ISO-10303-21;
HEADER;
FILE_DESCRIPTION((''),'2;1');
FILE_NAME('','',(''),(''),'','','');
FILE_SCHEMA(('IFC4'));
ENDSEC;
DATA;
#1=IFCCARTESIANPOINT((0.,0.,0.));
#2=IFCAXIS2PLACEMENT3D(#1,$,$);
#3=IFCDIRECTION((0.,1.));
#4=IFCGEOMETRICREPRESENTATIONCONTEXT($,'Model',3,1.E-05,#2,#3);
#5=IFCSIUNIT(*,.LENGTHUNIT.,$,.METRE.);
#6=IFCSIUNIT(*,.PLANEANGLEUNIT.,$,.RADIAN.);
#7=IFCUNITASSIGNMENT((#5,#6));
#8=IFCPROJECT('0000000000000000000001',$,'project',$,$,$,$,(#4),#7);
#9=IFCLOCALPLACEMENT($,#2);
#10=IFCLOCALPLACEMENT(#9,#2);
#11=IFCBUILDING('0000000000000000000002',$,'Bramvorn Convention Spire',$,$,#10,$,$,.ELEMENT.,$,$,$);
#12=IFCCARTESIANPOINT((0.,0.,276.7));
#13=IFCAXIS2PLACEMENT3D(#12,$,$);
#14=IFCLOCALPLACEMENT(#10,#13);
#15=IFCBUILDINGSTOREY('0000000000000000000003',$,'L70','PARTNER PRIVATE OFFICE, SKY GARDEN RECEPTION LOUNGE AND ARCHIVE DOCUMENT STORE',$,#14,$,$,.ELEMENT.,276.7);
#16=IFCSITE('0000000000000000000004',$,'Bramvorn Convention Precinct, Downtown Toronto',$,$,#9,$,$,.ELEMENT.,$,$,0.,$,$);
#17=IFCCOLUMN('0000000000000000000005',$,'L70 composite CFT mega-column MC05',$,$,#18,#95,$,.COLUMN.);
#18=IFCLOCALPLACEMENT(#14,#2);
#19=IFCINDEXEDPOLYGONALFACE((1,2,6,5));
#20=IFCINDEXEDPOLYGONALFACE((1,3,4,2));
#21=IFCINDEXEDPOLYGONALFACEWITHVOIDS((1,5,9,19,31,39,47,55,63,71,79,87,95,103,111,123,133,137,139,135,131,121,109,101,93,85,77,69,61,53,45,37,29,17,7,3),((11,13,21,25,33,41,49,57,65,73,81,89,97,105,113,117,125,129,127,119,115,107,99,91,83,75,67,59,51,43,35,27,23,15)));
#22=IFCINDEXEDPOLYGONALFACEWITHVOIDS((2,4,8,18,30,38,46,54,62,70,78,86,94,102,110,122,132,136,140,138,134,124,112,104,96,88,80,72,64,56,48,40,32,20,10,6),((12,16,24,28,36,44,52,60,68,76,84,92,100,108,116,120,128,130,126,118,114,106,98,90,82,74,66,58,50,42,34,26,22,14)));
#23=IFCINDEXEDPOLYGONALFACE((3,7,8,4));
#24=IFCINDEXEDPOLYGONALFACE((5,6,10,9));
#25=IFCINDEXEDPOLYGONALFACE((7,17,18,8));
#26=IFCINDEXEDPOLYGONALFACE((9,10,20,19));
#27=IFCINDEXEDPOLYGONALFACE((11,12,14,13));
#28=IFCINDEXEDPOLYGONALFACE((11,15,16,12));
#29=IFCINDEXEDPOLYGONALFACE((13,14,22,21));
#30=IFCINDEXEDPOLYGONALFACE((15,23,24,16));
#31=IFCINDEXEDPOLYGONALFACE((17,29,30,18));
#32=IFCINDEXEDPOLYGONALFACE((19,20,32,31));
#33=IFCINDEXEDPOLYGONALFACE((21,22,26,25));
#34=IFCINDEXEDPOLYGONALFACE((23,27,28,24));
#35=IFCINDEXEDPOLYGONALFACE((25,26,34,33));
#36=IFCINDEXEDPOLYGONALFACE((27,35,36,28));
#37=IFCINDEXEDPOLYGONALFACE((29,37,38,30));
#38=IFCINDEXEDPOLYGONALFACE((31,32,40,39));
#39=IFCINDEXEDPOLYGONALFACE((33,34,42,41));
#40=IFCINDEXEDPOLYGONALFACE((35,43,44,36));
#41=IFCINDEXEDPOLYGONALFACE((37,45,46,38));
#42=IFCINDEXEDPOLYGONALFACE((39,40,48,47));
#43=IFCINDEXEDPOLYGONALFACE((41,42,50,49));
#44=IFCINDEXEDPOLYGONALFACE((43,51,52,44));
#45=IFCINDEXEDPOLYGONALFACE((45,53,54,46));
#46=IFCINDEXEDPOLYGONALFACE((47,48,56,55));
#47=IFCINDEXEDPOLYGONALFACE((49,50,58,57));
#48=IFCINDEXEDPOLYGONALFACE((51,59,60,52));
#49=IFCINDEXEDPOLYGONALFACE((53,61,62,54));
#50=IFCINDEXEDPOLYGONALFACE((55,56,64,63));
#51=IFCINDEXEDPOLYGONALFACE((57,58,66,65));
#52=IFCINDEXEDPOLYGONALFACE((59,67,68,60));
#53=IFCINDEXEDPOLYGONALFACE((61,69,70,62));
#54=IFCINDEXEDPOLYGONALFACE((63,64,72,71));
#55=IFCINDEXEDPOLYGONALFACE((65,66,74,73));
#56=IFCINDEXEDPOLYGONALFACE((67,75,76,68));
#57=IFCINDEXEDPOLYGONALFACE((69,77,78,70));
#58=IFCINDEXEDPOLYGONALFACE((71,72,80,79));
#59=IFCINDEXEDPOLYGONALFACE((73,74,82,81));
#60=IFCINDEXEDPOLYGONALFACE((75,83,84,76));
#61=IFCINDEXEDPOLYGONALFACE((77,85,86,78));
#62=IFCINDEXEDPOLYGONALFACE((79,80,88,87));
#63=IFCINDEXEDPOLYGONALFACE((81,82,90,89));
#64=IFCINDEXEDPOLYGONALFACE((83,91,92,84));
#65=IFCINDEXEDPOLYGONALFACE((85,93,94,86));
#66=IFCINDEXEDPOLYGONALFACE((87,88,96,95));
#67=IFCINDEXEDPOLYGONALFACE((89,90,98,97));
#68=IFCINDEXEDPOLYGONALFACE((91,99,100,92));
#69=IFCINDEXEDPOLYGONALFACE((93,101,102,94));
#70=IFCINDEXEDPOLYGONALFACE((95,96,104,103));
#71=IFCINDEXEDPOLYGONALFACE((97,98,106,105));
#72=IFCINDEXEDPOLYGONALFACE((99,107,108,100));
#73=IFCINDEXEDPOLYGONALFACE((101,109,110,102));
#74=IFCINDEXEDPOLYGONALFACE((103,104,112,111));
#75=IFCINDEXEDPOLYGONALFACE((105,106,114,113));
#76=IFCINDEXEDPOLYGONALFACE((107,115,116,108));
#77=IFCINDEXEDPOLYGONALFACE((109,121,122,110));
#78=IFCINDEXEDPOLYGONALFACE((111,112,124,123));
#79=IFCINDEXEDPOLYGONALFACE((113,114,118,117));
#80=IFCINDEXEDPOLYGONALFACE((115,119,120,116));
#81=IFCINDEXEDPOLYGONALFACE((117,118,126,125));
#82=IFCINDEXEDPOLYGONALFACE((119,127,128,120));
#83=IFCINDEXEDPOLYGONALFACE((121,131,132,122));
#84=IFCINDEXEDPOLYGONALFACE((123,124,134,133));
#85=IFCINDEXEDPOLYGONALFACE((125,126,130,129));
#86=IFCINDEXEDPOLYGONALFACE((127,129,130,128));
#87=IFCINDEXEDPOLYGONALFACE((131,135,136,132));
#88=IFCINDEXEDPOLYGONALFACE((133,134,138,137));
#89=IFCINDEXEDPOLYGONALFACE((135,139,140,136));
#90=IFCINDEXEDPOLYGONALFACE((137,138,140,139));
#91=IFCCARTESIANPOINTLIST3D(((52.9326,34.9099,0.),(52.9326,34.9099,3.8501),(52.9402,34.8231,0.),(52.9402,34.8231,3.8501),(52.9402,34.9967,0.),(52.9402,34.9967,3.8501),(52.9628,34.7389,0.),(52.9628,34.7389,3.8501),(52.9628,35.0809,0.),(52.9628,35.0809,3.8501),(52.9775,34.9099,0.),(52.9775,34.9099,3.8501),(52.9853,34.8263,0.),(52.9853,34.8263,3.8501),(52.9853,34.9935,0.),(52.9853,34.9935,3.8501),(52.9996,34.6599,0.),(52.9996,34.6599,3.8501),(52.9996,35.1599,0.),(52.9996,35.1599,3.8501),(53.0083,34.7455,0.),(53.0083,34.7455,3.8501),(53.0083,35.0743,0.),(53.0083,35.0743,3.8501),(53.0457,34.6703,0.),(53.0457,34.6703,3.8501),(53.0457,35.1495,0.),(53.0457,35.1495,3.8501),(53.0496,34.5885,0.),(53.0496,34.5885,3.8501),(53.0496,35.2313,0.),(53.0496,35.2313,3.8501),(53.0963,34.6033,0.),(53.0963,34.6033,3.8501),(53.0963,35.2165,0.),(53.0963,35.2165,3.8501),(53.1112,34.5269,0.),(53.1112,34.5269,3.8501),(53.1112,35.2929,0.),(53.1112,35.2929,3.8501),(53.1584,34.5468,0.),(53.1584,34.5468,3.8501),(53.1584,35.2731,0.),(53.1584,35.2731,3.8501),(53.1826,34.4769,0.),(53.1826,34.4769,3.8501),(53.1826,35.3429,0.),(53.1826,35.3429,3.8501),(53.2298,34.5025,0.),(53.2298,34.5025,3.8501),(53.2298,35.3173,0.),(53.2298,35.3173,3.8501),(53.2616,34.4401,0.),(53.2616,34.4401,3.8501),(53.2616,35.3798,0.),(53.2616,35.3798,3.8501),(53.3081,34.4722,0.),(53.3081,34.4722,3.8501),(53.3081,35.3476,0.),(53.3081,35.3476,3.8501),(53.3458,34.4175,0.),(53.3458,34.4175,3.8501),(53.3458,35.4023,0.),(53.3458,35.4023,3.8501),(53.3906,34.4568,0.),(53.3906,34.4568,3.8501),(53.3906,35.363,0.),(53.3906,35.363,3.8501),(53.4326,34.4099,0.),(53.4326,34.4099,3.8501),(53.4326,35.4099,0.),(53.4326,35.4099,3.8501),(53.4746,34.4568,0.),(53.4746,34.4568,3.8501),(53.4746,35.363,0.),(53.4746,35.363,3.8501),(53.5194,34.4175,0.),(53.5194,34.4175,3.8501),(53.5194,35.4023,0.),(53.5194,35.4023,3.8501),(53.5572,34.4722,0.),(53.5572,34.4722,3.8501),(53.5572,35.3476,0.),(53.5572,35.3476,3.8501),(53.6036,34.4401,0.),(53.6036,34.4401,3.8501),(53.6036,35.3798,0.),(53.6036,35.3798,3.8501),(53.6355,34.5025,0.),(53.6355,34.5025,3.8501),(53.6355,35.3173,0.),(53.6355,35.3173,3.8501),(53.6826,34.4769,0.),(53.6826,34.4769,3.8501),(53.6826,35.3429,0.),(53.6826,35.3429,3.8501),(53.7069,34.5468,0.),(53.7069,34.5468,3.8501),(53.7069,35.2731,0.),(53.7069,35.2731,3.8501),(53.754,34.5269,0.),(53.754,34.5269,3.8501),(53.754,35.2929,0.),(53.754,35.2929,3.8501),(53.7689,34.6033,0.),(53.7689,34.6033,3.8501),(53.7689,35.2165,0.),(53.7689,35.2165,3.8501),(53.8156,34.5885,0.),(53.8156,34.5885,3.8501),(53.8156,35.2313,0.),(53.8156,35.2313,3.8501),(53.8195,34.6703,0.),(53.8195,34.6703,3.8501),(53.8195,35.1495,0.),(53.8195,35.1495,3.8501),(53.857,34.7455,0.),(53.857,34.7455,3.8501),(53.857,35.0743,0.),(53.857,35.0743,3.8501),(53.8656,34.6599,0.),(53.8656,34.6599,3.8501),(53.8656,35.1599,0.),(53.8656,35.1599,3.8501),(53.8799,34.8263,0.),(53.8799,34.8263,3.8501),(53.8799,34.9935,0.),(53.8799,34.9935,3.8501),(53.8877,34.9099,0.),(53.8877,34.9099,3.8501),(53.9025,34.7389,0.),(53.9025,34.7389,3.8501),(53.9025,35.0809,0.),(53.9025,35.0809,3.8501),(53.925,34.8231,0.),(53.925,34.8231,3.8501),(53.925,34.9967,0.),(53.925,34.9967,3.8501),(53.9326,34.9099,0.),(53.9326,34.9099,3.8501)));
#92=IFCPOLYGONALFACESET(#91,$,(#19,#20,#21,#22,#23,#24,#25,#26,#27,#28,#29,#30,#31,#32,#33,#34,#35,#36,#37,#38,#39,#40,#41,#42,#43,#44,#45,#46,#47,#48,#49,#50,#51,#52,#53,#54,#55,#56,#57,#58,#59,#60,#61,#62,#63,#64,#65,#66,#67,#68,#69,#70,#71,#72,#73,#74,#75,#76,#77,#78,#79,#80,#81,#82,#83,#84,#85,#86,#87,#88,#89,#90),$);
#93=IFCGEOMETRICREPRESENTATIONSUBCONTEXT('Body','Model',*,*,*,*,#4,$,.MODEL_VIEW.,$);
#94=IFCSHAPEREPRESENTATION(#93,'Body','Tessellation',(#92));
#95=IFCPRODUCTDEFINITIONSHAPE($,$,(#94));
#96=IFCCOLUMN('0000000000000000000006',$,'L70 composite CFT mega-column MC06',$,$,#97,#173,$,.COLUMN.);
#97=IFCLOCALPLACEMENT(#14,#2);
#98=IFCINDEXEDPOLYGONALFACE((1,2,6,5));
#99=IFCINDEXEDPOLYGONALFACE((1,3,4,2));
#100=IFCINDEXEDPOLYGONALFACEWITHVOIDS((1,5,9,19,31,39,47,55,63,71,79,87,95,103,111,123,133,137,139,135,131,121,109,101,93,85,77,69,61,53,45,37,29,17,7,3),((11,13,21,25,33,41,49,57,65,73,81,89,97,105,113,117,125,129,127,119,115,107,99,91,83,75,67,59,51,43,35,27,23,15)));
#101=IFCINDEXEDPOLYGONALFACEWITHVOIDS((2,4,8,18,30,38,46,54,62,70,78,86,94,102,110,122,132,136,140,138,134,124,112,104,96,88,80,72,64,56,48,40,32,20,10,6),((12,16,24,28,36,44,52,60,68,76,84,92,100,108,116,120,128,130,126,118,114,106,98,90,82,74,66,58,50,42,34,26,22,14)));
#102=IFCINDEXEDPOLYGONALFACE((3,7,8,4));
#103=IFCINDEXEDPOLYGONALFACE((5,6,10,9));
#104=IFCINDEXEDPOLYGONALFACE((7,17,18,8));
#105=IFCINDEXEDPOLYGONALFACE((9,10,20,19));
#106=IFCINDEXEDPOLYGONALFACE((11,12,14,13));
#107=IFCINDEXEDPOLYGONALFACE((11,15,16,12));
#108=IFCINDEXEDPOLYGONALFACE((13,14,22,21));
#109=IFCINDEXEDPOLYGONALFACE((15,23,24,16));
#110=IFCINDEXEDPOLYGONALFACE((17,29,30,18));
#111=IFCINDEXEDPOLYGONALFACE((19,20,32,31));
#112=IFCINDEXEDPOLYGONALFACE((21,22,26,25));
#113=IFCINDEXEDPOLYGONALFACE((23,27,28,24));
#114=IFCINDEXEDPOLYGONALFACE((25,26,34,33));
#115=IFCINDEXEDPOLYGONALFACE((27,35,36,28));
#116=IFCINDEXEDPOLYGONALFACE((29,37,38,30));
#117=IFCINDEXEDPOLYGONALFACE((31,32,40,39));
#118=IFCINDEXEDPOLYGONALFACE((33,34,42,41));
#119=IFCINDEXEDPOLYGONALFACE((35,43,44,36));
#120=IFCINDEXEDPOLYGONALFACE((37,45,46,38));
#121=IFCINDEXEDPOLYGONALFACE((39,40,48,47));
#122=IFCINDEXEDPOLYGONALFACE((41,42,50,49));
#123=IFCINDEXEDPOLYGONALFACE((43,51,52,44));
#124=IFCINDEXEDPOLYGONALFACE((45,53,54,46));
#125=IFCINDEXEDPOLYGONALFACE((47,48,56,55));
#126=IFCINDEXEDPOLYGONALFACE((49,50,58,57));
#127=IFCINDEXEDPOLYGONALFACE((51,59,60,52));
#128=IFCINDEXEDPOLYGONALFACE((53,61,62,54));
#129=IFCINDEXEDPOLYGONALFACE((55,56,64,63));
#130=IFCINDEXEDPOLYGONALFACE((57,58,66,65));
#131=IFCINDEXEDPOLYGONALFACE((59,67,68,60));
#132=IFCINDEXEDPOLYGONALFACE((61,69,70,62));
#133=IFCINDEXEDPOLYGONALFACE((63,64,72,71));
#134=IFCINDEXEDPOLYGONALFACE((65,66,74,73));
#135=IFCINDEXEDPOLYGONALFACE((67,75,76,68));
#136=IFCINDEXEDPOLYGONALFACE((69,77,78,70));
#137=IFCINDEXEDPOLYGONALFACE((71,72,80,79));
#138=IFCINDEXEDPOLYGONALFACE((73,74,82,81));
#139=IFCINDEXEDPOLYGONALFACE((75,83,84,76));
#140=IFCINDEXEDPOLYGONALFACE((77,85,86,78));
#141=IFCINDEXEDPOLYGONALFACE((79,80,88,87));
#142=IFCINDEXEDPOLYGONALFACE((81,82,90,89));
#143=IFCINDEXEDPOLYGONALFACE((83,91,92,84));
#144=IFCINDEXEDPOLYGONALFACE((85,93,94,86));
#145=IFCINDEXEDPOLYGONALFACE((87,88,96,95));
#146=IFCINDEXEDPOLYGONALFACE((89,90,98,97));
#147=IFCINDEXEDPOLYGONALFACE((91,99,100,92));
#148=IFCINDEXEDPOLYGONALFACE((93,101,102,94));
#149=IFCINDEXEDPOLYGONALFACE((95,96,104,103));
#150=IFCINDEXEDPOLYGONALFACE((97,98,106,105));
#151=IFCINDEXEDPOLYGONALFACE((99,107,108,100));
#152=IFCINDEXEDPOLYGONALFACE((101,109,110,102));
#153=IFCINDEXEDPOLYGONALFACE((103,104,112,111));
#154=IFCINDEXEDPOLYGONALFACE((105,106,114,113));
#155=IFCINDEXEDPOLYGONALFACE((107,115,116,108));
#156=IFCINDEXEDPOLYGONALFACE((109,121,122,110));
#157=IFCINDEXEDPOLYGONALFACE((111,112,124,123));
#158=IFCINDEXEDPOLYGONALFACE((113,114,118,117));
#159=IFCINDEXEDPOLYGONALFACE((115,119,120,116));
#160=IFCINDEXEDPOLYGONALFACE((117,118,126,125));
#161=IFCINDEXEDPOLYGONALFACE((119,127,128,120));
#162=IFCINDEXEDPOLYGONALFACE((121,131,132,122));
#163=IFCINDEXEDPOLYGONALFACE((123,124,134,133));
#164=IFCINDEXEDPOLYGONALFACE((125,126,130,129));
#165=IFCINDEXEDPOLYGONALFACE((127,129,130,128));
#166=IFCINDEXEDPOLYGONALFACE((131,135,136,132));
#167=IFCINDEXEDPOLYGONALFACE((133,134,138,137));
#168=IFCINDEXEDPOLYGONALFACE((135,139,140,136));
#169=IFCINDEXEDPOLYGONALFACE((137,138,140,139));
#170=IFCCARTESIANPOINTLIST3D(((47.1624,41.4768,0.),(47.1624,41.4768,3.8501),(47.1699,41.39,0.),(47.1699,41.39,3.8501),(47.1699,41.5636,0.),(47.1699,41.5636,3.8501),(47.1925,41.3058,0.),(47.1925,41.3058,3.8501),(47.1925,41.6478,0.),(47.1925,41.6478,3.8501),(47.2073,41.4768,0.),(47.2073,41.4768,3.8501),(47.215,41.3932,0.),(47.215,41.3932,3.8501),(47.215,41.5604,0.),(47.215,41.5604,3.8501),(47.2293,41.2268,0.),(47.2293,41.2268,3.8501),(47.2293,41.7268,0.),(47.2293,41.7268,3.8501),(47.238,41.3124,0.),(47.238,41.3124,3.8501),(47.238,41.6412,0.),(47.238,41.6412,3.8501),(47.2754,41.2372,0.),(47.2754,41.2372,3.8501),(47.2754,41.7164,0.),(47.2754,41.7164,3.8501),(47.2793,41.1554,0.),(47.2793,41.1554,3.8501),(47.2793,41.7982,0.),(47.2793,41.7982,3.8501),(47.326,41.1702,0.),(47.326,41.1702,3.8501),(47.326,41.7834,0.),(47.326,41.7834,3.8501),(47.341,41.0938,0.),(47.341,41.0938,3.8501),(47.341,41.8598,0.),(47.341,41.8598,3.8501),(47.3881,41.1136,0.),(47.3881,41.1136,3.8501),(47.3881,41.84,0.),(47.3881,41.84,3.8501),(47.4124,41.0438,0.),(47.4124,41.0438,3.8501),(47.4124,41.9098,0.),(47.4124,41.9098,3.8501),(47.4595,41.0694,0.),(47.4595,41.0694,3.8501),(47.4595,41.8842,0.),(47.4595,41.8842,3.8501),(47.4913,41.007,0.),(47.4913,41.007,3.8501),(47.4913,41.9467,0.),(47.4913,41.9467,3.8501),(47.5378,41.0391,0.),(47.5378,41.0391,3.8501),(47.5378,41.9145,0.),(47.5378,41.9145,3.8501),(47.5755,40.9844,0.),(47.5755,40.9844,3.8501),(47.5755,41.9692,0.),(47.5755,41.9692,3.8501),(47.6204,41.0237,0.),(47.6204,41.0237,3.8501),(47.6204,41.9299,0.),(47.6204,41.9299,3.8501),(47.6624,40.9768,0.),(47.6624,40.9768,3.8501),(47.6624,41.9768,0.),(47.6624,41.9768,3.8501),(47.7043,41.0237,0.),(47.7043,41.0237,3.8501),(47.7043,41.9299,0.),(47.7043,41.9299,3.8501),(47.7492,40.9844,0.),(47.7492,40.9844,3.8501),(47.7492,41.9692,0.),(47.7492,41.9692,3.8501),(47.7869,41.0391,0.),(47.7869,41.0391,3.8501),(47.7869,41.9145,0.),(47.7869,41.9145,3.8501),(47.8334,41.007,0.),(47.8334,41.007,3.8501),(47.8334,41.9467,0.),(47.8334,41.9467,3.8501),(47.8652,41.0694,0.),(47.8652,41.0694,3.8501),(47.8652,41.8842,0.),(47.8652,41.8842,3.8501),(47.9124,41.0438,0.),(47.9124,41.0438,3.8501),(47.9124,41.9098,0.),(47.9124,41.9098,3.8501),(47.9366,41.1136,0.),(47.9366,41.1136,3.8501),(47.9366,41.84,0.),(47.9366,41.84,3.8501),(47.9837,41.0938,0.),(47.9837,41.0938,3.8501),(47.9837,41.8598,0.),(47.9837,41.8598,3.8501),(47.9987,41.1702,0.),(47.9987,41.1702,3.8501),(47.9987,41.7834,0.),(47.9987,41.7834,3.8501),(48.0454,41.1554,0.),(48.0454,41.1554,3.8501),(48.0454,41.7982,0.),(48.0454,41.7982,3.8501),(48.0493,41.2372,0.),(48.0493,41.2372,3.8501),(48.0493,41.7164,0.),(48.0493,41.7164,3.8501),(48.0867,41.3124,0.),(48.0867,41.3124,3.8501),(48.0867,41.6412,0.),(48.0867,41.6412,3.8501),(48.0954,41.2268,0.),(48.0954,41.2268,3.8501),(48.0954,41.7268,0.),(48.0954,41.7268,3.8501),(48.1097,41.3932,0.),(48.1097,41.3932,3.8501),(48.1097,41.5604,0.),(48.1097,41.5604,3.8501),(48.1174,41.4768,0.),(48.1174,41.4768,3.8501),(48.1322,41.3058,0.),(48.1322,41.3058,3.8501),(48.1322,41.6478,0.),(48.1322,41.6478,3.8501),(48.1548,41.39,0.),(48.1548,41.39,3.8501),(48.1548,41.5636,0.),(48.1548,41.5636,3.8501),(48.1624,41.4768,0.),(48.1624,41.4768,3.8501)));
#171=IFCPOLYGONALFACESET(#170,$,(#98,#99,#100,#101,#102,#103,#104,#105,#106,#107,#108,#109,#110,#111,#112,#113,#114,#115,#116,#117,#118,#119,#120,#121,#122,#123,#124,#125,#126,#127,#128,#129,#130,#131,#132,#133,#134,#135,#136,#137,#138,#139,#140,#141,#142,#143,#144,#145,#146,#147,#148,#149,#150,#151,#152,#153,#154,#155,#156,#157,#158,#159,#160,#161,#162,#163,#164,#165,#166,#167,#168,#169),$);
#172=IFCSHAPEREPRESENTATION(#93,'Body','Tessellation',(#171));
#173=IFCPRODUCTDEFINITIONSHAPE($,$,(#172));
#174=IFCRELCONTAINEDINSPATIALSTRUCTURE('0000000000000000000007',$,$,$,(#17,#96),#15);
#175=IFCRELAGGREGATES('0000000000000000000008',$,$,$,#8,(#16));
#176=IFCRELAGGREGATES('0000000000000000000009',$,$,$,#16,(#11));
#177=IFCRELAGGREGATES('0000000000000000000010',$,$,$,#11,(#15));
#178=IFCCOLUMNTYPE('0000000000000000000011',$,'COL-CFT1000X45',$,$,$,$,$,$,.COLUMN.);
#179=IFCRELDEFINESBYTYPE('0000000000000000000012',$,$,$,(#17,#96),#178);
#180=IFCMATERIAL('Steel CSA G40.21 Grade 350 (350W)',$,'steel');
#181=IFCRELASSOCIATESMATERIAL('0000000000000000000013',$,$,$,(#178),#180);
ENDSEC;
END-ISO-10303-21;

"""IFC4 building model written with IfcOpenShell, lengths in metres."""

from ifc_helpers import new_model, si_unit, direction, frame, origin, origin_2d, place, context, subcontext, project, spatial, hollow_circle, extrude, material, material_profile, profile_set, type_object, element, save


model = new_model("IFC4")

# Units and contexts
model_context = context("Model", 3, precision=1e-05, world=origin(), true_north=direction((0.0, 1.0)))
body_context = subcontext(model_context, "Body", "Model", "MODEL_VIEW")
ifc_project = project(units=[si_unit("LENGTHUNIT", "METRE"), si_unit("PLANEANGLEUNIT", "RADIAN")], contexts=[model_context])

# Site, building, storey
site_placement = place(None, origin())
site = spatial("IfcSite", under=ifc_project, at=site_placement, Name="Bramvorn Convention Precinct, Downtown Toronto", CompositionType="ELEMENT", RefElevation=0.0)
building_placement = place(site_placement, origin())
building = spatial("IfcBuilding", under=site, at=building_placement, Name="Bramvorn Convention Spire", CompositionType="ELEMENT")
storey_placement = place(building_placement, frame((0.0, 0.0, 276.7)))
storey = spatial("IfcBuildingStorey", under=building, at=storey_placement, Name="L70", Description="PARTNER PRIVATE OFFICE, SKY GARDEN RECEPTION LOUNGE AND ARCHIVE DOCUMENT STORE", CompositionType="ELEMENT", Elevation=276.7)

# Columns
ifc_material_1 = material(Name="Steel CSA G40.21 Grade 350 (350W)", Category="steel")
ifc_material_profile_1 = material_profile(ifc_material_1, hollow_circle(Radius=0.5, WallThickness=0.0449, at=origin_2d()))
ifc_profile_set_1 = profile_set([ifc_material_profile_1], Name="Steel CSA G40.21 Grade 350 (350W) - CFT1000X45")
column_type = type_object("IfcColumnType", Name="COL-CFT1000X45", PredefinedType="COLUMN", material=ifc_profile_set_1)
for number, where, z_axis, x_axis, name in (
    (1, (53.4326, 34.9099, 0.0), (0.0, 0.0, 1.0), (1.0, 0.0, 0.0), "L70 composite CFT mega-column MC05"),
    (2, (47.6624, 41.4768, 0.0), (0.0, 0.0, 1.0), (1.0, 0.0, 0.0), "L70 composite CFT mega-column MC06"),
):
    element("IfcColumn", number, at=place(storey_placement, frame(where, z_axis=z_axis, x_axis=x_axis)), inside=storey, type_object=column_type, Name=name, PredefinedType="COLUMN", context=body_context, shape_type="SweptSolid", body=[
        extrude(hollow_circle(Radius=0.5, WallThickness=0.0449, at=origin_2d()), origin(), (0.0, 0.0, 1.0), 3.8501),
    ])

save(model, "model.ifc")
